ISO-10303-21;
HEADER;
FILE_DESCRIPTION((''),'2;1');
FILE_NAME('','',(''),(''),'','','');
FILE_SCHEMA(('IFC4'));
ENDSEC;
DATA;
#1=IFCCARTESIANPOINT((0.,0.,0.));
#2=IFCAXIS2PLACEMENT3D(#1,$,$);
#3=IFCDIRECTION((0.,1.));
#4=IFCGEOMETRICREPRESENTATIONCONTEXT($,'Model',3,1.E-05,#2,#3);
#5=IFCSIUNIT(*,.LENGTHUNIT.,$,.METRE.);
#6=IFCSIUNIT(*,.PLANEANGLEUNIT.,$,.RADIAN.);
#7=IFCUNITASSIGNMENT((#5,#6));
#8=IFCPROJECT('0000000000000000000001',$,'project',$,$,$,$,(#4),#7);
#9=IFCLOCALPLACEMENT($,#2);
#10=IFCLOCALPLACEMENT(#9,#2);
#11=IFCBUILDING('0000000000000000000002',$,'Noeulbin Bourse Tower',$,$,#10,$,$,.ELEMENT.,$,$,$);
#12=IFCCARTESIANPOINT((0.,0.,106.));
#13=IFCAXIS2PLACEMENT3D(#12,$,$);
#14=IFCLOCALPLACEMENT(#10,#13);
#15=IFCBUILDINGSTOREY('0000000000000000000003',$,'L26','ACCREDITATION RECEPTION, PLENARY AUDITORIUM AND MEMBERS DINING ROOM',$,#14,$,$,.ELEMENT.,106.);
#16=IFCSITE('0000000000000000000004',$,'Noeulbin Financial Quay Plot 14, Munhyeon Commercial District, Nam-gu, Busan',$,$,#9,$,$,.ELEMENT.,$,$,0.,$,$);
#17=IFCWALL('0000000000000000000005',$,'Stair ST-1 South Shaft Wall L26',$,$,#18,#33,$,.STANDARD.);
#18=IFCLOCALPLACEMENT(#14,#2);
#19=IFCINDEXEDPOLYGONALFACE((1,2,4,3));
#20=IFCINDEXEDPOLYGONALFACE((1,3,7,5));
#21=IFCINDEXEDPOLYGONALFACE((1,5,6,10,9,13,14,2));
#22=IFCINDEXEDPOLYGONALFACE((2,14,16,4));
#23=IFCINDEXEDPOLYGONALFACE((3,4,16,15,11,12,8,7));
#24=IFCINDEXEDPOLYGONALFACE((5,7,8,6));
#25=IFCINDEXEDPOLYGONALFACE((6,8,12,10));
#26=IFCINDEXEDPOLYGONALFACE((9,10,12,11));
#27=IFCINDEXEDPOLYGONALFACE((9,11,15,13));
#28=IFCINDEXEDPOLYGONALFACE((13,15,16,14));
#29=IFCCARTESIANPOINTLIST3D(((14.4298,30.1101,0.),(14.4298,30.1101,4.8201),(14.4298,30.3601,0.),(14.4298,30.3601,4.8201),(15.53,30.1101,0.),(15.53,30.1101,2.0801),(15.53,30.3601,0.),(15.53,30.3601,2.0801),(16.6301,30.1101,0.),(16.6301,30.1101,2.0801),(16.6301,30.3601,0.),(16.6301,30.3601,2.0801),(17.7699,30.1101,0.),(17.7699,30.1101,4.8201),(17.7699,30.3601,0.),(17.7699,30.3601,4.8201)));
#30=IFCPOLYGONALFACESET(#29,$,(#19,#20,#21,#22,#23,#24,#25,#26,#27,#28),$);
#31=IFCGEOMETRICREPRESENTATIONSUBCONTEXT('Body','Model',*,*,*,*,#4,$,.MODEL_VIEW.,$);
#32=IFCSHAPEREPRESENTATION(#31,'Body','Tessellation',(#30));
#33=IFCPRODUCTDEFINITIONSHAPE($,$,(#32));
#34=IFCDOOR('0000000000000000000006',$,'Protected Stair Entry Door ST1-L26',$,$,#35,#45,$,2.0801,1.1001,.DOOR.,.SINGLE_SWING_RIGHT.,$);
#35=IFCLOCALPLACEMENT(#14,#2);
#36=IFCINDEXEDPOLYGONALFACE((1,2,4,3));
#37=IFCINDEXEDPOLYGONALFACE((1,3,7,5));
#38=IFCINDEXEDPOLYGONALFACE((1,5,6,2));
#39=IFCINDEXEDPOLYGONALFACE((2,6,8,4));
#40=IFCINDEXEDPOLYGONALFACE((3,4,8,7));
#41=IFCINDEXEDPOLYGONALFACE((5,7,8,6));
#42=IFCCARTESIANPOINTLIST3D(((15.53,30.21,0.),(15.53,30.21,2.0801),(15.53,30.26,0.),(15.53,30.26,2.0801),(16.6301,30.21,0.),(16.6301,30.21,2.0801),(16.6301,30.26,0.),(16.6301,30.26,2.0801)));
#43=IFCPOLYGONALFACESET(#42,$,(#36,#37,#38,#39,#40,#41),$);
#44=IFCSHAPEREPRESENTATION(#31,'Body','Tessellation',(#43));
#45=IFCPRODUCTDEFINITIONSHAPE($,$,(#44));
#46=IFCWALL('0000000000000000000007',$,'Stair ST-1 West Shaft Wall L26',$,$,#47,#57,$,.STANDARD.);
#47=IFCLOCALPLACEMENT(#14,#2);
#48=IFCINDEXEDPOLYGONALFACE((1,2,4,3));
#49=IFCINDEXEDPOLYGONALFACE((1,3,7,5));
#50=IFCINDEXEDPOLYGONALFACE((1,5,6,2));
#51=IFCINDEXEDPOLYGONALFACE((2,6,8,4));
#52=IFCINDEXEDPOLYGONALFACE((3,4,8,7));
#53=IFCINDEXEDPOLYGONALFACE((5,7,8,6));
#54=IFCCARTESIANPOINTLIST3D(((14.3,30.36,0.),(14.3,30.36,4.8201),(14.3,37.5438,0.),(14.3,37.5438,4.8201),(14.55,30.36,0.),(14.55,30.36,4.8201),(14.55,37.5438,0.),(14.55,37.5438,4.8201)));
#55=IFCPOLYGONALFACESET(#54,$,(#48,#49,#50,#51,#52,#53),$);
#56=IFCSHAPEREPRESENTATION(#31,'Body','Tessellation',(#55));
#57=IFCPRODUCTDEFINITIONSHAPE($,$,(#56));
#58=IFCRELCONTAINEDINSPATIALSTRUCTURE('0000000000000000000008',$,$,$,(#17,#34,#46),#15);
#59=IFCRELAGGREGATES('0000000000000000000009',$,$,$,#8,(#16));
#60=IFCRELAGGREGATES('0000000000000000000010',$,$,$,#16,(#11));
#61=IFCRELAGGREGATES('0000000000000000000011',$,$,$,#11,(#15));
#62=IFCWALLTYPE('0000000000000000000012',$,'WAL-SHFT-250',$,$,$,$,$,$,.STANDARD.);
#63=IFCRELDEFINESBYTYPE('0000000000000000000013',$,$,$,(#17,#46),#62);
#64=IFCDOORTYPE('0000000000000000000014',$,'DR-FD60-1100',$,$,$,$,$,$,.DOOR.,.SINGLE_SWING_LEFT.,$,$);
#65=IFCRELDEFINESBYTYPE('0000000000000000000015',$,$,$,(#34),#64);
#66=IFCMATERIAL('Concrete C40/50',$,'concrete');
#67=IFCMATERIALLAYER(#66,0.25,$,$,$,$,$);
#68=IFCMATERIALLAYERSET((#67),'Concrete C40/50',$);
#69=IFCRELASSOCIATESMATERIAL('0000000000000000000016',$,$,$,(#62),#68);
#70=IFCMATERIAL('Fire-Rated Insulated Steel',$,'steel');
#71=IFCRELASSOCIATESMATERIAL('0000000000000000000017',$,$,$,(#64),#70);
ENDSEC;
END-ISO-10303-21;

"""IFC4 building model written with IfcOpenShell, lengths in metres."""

from ifc_helpers import new_model, si_unit, direction, frame, frame_2d, origin, place, context, subcontext, project, spatial, rectangle, extrude, material, layer, layer_set, type_object, element, fill, save


model = new_model("IFC4")

# Units and contexts
model_context = context("Model", 3, precision=1e-05, world=origin(), true_north=direction((0.0, 1.0)))
body_context = subcontext(model_context, "Body", "Model", "MODEL_VIEW")
ifc_project = project(units=[si_unit("LENGTHUNIT", "METRE"), si_unit("PLANEANGLEUNIT", "RADIAN")], contexts=[model_context])

# Site, building, storey
site_placement = place(None, origin())
site = spatial("IfcSite", under=ifc_project, at=site_placement, Name="Noeulbin Financial Quay Plot 14, Munhyeon Commercial District, Nam-gu, Busan", CompositionType="ELEMENT", RefElevation=0.0)
building_placement = place(site_placement, origin())
building = spatial("IfcBuilding", under=site, at=building_placement, Name="Noeulbin Bourse Tower", CompositionType="ELEMENT")
storey_placement = place(building_placement, frame((0.0, 0.0, 106.0)))
storey = spatial("IfcBuildingStorey", under=building, at=storey_placement, Name="L26", Description="ACCREDITATION RECEPTION, PLENARY AUDITORIUM AND MEMBERS DINING ROOM", CompositionType="ELEMENT", Elevation=106.0)

# Wall, opening, door
ifc_material_1 = material(Name="Concrete C40/50", Category="concrete")
ifc_layer_1 = layer(ifc_material_1, 0.25)
ifc_layer_set_1 = layer_set([ifc_layer_1], Name="Concrete C40/50")
wall_type_1 = type_object("IfcWallType", Name="WAL-SHFT-250", PredefinedType="STANDARD", material=ifc_layer_set_1)
wall_1_placement = place(storey_placement, frame((14.4299, 30.2351, 0.0), z_axis=(0.0, 0.0, 1.0), x_axis=(1.0, 0.0, 0.0)))
wall_1 = element("IfcWall", 1, at=wall_1_placement, inside=storey, type_object=wall_type_1, Name="Stair ST-1 South Shaft Wall L26", PredefinedType="STANDARD", context=body_context, shape_type="SweptSolid", body=[
    extrude(rectangle(XDim=3.3401, YDim=0.25, at=frame_2d((1.6699, 0.0))), origin(), (0.0, 0.0, 1.0), 4.8201),
])
opening_placement = place(wall_1_placement, frame((1.1001, 0.0, 0.0)))
opening = element("IfcOpeningElement", 2, at=opening_placement, cuts=wall_1, PredefinedType="OPENING", context=body_context, shape_type="SweptSolid", body=[
    extrude(rectangle(XDim=1.1001, YDim=2.0801, at=frame_2d((0.55, 1.04))), frame((0.0, 0.135, 0.0), z_axis=(0.0, -1.0, 0.0), x_axis=(1.0, 0.0, 0.0)), (0.0, 0.0, 1.0), 0.27),
])
ifc_material_2 = material(Name="Fire-Rated Insulated Steel", Category="steel")
door_type = type_object("IfcDoorType", Name="DR-FD60-1100", OperationType="SINGLE_SWING_LEFT", PredefinedType="DOOR", material=ifc_material_2)
door_placement = place(opening_placement, origin())
door = element("IfcDoor", 3, at=door_placement, inside=storey, type_object=door_type, Name="Protected Stair Entry Door ST1-L26", OperationType="SINGLE_SWING_RIGHT", OverallHeight=2.0801, OverallWidth=1.1001, PredefinedType="DOOR", context=body_context, shape_type="SweptSolid", body=[
    extrude(rectangle(XDim=1.1001, YDim=2.0801, at=frame_2d((0.55, 1.04))), frame((0.0, 0.0249, 0.0), z_axis=(0.0, -1.0, 0.0), x_axis=(1.0, 0.0, 0.0)), (0.0, 0.0, 1.0), 0.05),
])
fill(opening, door)

# Wall
wall_2_placement = place(storey_placement, frame((14.425, 30.3601, 0.0), z_axis=(0.0, 0.0, 1.0), x_axis=(0.0, 1.0, 0.0)))
element("IfcWall", 4, at=wall_2_placement, inside=storey, type_object=wall_type_1, Name="Stair ST-1 West Shaft Wall L26", PredefinedType="STANDARD", context=body_context, shape_type="SweptSolid", body=[
    extrude(rectangle(XDim=7.1838, YDim=0.25, at=frame_2d((3.5918, 0.0))), origin(), (0.0, 0.0, 1.0), 4.8201),
])

save(model, "model.ifc")
